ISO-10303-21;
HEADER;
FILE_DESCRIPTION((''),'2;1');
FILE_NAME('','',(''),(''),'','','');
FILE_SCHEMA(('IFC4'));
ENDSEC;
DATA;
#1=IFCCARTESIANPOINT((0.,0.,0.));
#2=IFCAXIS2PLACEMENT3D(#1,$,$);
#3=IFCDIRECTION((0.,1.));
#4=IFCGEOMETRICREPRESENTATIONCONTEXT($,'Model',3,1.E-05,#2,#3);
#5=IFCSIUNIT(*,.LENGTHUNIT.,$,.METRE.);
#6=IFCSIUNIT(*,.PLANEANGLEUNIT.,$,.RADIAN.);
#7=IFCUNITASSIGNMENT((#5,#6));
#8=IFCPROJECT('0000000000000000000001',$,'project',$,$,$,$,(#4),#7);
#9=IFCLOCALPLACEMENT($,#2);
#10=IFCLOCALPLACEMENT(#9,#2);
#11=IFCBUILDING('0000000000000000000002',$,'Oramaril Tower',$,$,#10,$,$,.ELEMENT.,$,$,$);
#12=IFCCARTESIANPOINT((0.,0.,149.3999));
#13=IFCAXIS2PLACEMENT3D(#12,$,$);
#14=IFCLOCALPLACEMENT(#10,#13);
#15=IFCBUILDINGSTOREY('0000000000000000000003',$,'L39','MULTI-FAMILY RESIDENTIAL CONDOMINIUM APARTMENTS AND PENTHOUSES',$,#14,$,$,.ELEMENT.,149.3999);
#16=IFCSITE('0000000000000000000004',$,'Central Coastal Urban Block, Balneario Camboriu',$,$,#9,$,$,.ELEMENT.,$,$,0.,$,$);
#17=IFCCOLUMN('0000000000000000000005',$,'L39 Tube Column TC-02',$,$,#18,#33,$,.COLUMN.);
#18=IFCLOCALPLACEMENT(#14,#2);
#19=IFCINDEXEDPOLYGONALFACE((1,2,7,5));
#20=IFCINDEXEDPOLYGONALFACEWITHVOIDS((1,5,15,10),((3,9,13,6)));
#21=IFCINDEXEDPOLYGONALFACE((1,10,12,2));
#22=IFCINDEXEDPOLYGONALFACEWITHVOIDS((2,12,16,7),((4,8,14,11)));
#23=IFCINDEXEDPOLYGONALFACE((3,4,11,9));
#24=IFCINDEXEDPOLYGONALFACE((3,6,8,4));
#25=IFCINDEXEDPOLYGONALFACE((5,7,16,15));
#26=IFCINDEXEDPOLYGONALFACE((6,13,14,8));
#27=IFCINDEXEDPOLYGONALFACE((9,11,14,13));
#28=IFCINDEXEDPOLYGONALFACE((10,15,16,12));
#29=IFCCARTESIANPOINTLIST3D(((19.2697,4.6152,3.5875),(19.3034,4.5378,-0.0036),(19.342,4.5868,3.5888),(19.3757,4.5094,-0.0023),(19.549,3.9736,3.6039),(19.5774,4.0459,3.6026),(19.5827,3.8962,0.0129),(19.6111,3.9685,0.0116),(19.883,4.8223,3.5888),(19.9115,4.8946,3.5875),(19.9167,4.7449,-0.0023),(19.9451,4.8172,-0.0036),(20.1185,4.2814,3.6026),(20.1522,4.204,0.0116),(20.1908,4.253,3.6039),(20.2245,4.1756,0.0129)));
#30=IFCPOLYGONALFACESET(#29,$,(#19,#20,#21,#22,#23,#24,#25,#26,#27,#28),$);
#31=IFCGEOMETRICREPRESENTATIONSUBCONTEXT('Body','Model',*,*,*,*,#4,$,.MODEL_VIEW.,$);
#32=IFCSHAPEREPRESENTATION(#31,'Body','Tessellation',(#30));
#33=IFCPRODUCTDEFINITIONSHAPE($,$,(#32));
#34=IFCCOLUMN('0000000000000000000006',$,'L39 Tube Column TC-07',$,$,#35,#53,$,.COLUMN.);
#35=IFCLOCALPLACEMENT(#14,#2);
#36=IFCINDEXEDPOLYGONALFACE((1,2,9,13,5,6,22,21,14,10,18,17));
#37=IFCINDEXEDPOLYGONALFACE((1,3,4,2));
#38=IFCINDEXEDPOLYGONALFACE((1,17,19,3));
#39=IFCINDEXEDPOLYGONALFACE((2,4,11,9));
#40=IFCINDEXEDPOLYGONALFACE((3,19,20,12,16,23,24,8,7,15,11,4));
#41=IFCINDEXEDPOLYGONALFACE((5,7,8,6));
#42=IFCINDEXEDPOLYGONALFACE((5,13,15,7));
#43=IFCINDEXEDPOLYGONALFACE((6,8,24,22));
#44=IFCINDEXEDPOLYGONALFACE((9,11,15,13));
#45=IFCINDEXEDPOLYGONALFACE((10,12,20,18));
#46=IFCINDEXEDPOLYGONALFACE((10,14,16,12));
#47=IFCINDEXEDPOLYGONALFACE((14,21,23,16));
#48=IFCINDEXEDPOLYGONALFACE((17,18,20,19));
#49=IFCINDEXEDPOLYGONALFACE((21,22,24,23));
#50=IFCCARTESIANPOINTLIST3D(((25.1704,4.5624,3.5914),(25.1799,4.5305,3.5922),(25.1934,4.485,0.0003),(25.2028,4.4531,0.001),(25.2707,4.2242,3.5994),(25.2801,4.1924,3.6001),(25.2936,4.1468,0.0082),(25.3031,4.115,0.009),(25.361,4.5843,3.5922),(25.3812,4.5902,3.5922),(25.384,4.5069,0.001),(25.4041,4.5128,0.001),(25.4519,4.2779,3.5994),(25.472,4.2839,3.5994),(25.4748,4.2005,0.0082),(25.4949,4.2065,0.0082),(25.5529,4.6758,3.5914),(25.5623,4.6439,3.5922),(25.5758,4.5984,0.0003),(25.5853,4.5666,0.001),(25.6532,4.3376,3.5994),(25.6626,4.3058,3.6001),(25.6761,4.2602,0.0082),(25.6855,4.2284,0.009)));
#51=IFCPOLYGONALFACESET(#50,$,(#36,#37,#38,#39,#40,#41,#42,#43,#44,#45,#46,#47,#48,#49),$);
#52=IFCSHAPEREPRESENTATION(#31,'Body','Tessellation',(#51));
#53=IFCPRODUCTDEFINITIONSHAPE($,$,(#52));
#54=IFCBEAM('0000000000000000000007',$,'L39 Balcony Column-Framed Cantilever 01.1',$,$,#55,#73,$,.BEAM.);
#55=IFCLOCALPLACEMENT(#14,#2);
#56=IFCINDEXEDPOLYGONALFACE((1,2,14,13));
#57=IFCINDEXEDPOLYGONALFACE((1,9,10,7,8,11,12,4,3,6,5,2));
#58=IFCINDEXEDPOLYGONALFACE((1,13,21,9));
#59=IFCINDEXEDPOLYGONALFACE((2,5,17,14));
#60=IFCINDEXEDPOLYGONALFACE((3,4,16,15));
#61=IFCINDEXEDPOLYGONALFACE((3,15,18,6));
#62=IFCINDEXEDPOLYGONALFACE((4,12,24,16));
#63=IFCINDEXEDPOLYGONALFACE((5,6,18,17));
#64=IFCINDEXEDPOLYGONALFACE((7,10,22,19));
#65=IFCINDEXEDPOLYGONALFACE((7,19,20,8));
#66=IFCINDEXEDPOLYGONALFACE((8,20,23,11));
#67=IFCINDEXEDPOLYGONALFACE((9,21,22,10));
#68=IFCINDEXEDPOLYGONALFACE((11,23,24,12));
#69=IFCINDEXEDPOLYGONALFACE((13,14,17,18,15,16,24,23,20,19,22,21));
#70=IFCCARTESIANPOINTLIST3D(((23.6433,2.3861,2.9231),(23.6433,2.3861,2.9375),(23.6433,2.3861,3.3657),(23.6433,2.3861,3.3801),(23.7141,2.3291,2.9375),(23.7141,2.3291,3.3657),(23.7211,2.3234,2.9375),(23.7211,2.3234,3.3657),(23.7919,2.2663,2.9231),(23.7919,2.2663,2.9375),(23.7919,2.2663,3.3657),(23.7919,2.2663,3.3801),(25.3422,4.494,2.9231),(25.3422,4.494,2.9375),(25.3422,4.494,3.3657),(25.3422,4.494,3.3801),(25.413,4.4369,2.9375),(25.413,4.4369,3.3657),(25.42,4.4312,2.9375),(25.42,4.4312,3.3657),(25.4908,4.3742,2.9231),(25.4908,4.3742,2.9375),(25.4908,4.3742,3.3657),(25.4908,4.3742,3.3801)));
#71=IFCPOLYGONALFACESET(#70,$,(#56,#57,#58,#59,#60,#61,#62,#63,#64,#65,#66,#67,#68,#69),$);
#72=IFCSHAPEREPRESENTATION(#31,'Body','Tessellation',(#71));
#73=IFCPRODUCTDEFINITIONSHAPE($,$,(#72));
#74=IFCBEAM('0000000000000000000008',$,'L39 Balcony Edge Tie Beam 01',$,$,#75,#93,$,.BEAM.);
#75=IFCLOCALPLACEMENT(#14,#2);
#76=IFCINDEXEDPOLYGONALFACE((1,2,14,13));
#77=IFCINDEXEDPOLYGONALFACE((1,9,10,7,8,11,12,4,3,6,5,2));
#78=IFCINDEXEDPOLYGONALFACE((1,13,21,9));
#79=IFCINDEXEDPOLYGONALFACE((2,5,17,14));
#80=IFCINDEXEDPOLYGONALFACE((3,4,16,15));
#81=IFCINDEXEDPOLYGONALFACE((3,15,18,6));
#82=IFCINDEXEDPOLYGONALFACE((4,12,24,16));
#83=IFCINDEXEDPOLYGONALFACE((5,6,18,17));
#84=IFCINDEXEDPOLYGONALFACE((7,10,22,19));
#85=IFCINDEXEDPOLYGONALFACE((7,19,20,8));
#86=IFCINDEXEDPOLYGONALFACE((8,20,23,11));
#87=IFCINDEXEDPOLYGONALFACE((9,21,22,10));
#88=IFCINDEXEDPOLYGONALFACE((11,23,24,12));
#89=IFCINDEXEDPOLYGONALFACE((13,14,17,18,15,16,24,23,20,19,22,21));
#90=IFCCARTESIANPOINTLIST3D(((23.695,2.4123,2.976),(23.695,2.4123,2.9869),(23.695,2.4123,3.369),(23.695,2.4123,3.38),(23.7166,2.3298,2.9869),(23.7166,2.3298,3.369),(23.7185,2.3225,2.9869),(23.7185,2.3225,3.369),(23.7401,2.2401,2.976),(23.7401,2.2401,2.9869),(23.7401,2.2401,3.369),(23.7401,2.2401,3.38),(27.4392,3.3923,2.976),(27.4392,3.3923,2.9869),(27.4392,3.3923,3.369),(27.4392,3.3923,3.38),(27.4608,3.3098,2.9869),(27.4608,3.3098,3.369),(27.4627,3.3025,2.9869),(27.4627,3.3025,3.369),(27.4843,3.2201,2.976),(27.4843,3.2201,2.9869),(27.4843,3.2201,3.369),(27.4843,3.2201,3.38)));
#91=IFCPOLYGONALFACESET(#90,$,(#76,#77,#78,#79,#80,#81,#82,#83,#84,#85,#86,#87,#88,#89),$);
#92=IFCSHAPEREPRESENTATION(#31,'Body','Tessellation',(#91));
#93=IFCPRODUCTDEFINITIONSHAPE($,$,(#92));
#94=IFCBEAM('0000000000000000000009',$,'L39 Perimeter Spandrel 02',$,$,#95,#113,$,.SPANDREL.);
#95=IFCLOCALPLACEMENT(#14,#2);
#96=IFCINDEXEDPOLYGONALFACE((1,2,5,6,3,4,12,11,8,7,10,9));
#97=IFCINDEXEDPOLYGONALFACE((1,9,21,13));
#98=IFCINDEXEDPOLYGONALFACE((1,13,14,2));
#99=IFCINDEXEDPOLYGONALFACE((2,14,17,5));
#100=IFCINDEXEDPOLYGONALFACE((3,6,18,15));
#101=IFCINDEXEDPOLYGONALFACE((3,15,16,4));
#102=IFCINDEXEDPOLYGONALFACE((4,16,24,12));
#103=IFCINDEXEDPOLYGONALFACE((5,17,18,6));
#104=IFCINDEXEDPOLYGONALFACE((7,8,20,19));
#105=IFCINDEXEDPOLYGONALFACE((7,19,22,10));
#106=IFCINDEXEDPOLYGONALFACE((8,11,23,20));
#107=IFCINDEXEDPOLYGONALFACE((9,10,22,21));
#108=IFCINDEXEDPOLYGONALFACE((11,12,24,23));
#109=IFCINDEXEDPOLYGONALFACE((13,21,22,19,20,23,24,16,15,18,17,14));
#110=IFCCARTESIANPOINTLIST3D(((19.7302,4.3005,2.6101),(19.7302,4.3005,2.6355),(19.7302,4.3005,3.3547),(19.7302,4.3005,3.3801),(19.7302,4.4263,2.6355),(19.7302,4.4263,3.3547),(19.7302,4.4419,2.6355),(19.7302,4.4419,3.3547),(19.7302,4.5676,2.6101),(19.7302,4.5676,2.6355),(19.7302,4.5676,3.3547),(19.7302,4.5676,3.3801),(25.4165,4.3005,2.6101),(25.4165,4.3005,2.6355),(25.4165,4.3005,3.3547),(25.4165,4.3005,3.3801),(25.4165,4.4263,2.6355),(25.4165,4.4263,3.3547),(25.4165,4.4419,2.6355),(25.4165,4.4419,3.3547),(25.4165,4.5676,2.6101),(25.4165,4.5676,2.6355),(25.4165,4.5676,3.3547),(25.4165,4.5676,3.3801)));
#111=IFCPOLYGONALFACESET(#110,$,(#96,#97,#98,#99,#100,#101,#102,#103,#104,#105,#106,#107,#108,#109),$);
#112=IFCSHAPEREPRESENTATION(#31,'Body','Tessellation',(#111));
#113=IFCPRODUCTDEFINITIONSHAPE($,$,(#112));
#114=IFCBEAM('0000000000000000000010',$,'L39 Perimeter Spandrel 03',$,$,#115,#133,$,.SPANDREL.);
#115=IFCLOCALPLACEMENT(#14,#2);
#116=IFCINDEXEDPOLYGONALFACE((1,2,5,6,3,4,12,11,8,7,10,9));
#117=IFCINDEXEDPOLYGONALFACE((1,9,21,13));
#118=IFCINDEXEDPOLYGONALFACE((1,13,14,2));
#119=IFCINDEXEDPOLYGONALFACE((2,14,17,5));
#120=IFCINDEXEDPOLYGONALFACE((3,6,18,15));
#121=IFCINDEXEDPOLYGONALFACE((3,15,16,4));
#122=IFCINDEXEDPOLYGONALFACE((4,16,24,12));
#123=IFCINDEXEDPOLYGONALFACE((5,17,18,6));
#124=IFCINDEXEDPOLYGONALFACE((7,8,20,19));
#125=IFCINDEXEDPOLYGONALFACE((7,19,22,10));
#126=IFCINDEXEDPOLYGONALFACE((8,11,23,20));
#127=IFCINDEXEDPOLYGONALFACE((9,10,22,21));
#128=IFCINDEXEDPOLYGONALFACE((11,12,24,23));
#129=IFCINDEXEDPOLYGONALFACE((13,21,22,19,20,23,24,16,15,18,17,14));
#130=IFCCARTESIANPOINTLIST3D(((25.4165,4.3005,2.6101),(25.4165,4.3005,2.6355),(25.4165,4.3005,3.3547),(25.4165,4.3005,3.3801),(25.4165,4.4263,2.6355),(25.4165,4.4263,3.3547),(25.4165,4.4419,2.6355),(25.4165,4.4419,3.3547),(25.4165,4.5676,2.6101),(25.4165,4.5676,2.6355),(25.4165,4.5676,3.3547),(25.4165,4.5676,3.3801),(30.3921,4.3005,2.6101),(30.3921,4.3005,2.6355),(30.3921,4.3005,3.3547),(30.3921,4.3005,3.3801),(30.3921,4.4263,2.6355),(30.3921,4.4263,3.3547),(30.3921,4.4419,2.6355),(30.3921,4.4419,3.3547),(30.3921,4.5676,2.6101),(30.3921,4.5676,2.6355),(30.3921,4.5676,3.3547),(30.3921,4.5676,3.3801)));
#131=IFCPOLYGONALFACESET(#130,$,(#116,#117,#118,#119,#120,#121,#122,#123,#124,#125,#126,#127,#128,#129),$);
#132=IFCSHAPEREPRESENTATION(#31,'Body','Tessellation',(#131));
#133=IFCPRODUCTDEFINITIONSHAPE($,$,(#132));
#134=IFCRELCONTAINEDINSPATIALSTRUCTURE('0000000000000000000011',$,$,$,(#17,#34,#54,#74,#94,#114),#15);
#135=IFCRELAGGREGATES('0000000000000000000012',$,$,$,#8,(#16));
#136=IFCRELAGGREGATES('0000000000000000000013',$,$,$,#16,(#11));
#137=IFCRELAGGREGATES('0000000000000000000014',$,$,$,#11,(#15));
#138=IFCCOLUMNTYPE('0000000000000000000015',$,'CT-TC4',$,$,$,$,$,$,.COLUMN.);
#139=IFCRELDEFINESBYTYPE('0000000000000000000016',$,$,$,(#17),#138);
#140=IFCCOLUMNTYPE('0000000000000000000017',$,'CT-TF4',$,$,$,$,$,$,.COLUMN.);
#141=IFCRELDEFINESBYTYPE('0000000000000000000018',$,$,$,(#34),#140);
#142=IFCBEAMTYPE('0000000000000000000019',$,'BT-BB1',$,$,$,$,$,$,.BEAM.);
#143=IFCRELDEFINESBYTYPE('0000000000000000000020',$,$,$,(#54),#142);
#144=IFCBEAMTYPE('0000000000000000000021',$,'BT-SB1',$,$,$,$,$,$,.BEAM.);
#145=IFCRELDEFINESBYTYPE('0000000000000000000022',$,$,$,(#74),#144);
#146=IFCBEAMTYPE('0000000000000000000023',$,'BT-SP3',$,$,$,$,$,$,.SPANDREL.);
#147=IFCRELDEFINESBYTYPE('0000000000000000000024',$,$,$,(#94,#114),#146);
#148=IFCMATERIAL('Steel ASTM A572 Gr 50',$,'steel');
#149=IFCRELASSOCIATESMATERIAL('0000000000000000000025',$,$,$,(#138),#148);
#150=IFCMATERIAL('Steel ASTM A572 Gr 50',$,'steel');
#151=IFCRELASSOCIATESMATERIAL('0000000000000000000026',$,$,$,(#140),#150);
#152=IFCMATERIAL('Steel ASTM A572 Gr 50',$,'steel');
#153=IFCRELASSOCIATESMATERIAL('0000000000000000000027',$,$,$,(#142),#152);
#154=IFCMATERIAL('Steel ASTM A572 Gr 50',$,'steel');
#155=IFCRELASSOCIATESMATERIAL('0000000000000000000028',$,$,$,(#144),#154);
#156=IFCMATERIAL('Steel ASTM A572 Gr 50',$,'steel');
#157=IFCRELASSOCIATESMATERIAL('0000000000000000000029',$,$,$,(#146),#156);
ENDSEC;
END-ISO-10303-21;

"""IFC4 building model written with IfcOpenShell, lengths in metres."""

from ifc_helpers import new_model, si_unit, direction, frame, origin, origin_2d, place, context, subcontext, project, spatial, hollow_rectangle, i_section, extrude, material, material_profile, profile_set, type_object, element, save


model = new_model("IFC4")

# Units and contexts
model_context = context("Model", 3, precision=1e-05, world=origin(), true_north=direction((0.0, 1.0)))
body_context = subcontext(model_context, "Body", "Model", "MODEL_VIEW")
ifc_project = project(units=[si_unit("LENGTHUNIT", "METRE"), si_unit("PLANEANGLEUNIT", "RADIAN")], contexts=[model_context])

# Site, building, storey
site_placement = place(None, origin())
site = spatial("IfcSite", under=ifc_project, at=site_placement, Name="Central Coastal Urban Block, Balneario Camboriu", CompositionType="ELEMENT", RefElevation=0.0)
building_placement = place(site_placement, origin())
building = spatial("IfcBuilding", under=site, at=building_placement, Name="Oramaril Tower", CompositionType="ELEMENT")
storey_placement = place(building_placement, frame((0.0, 0.0, 149.3999)))
storey = spatial("IfcBuildingStorey", under=building, at=storey_placement, Name="L39", Description="MULTI-FAMILY RESIDENTIAL CONDOMINIUM APARTMENTS AND PENTHOUSES", CompositionType="ELEMENT", Elevation=149.3999)

# Columns
ifc_material_1 = material(Name="Steel ASTM A572 Gr 50", Category="steel")
ifc_material_profile_1 = material_profile(ifc_material_1, hollow_rectangle(XDim=0.7, YDim=0.7, WallThickness=0.0549, at=origin_2d()), Name="BOX700X700X55")
ifc_profile_set_1 = profile_set([ifc_material_profile_1], Name="Steel ASTM A572 Gr 50")
column_type_1 = type_object("IfcColumnType", Name="CT-TC4", PredefinedType="COLUMN", material=ifc_profile_set_1)
column_1_placement = place(storey_placement, frame((19.7639, 4.3567, 0.0046), z_axis=(-0.009379, 0.021545, 0.999724), x_axis=(-0.916886, -0.399149, 0.0)))
element("IfcColumn", 1, at=column_1_placement, inside=storey, type_object=column_type_1, Name="L39 Tube Column TC-02", PredefinedType="COLUMN", context=body_context, shape_type="SweptSolid", body=[
    extrude(hollow_rectangle(XDim=0.7, YDim=0.7, WallThickness=0.0549, at=origin_2d()), origin(), (0.0, 0.0, 1.0), 3.592),
])
ifc_material_2 = material(Name="Steel ASTM A572 Gr 50", Category="steel")
ifc_material_profile_2 = material_profile(ifc_material_2, i_section(OverallWidth=0.3989, OverallDepth=0.386, WebThickness=0.021, FlangeThickness=0.0332, at=origin_2d()), Name="W14X176")
ifc_profile_set_2 = profile_set([ifc_material_profile_2], Name="Steel ASTM A572 Gr 50")
column_type_2 = type_object("IfcColumnType", Name="CT-TF4", PredefinedType="COLUMN", material=ifc_profile_set_2)
column_2_placement = place(storey_placement, frame((25.4395, 4.3567, 0.0046), z_axis=(-0.006389, 0.021546, 0.999747), x_axis=(-0.958737, -0.284294, 0.0)))
element("IfcColumn", 2, at=column_2_placement, inside=storey, type_object=column_type_2, Name="L39 Tube Column TC-07", PredefinedType="COLUMN", context=body_context, shape_type="SweptSolid", body=[
    extrude(i_section(OverallWidth=0.3989, OverallDepth=0.386, WebThickness=0.021, FlangeThickness=0.0332, at=origin_2d()), origin(), (0.0, 0.0, 1.0), 3.592),
])

# Beams
ifc_material_3 = material(Name="Steel ASTM A572 Gr 50", Category="steel")
ifc_material_profile_3 = material_profile(ifc_material_3, i_section(OverallWidth=0.1909, OverallDepth=0.457, WebThickness=0.009, FlangeThickness=0.0144, at=origin_2d()), Name="W18X50")
ifc_profile_set_3 = profile_set([ifc_material_profile_3], Name="Steel ASTM A572 Gr 50")
beam_type_1 = type_object("IfcBeamType", Name="BT-BB1", PredefinedType="BEAM", material=ifc_profile_set_3)
beam_1_placement = place(storey_placement, frame((25.4165, 4.4341, 3.1516), z_axis=(-0.627539, -0.778585, 0.0), x_axis=(0.778585, -0.627539, 0.0)))
element("IfcBeam", 3, at=beam_1_placement, inside=storey, type_object=beam_type_1, Name="L39 Balcony Column-Framed Cantilever 01.1", PredefinedType="BEAM", context=body_context, shape_type="SweptSolid", body=[
    extrude(i_section(OverallWidth=0.1909, OverallDepth=0.457, WebThickness=0.009, FlangeThickness=0.0144, at=origin_2d()), origin(), (0.0, 0.0, 1.0), 2.7073),
])
ifc_material_4 = material(Name="Steel ASTM A572 Gr 50", Category="steel")
ifc_material_profile_4 = material_profile(ifc_material_4, i_section(OverallWidth=0.178, OverallDepth=0.4041, WebThickness=0.0076, FlangeThickness=0.011, at=origin_2d()), Name="W16X36")
ifc_profile_set_4 = profile_set([ifc_material_profile_4], Name="Steel ASTM A572 Gr 50")
beam_type_2 = type_object("IfcBeamType", Name="BT-SB1", PredefinedType="BEAM", material=ifc_profile_set_4)
beam_2_placement = place(storey_placement, frame((23.7175, 2.3262, 3.178), z_axis=(0.967412, 0.253208, 0.0), x_axis=(-0.253208, 0.967412, 0.0)))
element("IfcBeam", 4, at=beam_2_placement, inside=storey, type_object=beam_type_2, Name="L39 Balcony Edge Tie Beam 01", PredefinedType="BEAM", context=body_context, shape_type="SweptSolid", body=[
    extrude(i_section(OverallWidth=0.178, OverallDepth=0.4041, WebThickness=0.0076, FlangeThickness=0.011, at=origin_2d()), origin(), (0.0, 0.0, 1.0), 3.8704),
])
ifc_material_5 = material(Name="Steel ASTM A572 Gr 50", Category="steel")
ifc_material_profile_5 = material_profile(ifc_material_5, i_section(OverallWidth=0.2671, OverallDepth=0.77, WebThickness=0.0156, FlangeThickness=0.0254, at=origin_2d()), Name="W30X132")
ifc_profile_set_5 = profile_set([ifc_material_profile_5], Name="Steel ASTM A572 Gr 50")
beam_type_3 = type_object("IfcBeamType", Name="BT-SP3", PredefinedType="SPANDREL", material=ifc_profile_set_5)
beam_3_placement = place(storey_placement, frame((19.7302, 4.4341, 2.9951), z_axis=(1.0, 0.0, 0.0), x_axis=(0.0, 1.0, 0.0)))
element("IfcBeam", 5, at=beam_3_placement, inside=storey, type_object=beam_type_3, Name="L39 Perimeter Spandrel 02", PredefinedType="SPANDREL", context=body_context, shape_type="SweptSolid", body=[
    extrude(i_section(OverallWidth=0.2671, OverallDepth=0.77, WebThickness=0.0156, FlangeThickness=0.0254, at=origin_2d()), origin(), (0.0, 0.0, 1.0), 5.6863),
])
beam_4_placement = place(storey_placement, frame((25.4165, 4.4341, 2.9951), z_axis=(1.0, 0.0, 0.0), x_axis=(0.0, 1.0, 0.0)))
element("IfcBeam", 6, at=beam_4_placement, inside=storey, type_object=beam_type_3, Name="L39 Perimeter Spandrel 03", PredefinedType="SPANDREL", context=body_context, shape_type="SweptSolid", body=[
    extrude(i_section(OverallWidth=0.2671, OverallDepth=0.77, WebThickness=0.0156, FlangeThickness=0.0254, at=origin_2d()), origin(), (0.0, 0.0, 1.0), 4.9756),
])

save(model, "model.ifc")
